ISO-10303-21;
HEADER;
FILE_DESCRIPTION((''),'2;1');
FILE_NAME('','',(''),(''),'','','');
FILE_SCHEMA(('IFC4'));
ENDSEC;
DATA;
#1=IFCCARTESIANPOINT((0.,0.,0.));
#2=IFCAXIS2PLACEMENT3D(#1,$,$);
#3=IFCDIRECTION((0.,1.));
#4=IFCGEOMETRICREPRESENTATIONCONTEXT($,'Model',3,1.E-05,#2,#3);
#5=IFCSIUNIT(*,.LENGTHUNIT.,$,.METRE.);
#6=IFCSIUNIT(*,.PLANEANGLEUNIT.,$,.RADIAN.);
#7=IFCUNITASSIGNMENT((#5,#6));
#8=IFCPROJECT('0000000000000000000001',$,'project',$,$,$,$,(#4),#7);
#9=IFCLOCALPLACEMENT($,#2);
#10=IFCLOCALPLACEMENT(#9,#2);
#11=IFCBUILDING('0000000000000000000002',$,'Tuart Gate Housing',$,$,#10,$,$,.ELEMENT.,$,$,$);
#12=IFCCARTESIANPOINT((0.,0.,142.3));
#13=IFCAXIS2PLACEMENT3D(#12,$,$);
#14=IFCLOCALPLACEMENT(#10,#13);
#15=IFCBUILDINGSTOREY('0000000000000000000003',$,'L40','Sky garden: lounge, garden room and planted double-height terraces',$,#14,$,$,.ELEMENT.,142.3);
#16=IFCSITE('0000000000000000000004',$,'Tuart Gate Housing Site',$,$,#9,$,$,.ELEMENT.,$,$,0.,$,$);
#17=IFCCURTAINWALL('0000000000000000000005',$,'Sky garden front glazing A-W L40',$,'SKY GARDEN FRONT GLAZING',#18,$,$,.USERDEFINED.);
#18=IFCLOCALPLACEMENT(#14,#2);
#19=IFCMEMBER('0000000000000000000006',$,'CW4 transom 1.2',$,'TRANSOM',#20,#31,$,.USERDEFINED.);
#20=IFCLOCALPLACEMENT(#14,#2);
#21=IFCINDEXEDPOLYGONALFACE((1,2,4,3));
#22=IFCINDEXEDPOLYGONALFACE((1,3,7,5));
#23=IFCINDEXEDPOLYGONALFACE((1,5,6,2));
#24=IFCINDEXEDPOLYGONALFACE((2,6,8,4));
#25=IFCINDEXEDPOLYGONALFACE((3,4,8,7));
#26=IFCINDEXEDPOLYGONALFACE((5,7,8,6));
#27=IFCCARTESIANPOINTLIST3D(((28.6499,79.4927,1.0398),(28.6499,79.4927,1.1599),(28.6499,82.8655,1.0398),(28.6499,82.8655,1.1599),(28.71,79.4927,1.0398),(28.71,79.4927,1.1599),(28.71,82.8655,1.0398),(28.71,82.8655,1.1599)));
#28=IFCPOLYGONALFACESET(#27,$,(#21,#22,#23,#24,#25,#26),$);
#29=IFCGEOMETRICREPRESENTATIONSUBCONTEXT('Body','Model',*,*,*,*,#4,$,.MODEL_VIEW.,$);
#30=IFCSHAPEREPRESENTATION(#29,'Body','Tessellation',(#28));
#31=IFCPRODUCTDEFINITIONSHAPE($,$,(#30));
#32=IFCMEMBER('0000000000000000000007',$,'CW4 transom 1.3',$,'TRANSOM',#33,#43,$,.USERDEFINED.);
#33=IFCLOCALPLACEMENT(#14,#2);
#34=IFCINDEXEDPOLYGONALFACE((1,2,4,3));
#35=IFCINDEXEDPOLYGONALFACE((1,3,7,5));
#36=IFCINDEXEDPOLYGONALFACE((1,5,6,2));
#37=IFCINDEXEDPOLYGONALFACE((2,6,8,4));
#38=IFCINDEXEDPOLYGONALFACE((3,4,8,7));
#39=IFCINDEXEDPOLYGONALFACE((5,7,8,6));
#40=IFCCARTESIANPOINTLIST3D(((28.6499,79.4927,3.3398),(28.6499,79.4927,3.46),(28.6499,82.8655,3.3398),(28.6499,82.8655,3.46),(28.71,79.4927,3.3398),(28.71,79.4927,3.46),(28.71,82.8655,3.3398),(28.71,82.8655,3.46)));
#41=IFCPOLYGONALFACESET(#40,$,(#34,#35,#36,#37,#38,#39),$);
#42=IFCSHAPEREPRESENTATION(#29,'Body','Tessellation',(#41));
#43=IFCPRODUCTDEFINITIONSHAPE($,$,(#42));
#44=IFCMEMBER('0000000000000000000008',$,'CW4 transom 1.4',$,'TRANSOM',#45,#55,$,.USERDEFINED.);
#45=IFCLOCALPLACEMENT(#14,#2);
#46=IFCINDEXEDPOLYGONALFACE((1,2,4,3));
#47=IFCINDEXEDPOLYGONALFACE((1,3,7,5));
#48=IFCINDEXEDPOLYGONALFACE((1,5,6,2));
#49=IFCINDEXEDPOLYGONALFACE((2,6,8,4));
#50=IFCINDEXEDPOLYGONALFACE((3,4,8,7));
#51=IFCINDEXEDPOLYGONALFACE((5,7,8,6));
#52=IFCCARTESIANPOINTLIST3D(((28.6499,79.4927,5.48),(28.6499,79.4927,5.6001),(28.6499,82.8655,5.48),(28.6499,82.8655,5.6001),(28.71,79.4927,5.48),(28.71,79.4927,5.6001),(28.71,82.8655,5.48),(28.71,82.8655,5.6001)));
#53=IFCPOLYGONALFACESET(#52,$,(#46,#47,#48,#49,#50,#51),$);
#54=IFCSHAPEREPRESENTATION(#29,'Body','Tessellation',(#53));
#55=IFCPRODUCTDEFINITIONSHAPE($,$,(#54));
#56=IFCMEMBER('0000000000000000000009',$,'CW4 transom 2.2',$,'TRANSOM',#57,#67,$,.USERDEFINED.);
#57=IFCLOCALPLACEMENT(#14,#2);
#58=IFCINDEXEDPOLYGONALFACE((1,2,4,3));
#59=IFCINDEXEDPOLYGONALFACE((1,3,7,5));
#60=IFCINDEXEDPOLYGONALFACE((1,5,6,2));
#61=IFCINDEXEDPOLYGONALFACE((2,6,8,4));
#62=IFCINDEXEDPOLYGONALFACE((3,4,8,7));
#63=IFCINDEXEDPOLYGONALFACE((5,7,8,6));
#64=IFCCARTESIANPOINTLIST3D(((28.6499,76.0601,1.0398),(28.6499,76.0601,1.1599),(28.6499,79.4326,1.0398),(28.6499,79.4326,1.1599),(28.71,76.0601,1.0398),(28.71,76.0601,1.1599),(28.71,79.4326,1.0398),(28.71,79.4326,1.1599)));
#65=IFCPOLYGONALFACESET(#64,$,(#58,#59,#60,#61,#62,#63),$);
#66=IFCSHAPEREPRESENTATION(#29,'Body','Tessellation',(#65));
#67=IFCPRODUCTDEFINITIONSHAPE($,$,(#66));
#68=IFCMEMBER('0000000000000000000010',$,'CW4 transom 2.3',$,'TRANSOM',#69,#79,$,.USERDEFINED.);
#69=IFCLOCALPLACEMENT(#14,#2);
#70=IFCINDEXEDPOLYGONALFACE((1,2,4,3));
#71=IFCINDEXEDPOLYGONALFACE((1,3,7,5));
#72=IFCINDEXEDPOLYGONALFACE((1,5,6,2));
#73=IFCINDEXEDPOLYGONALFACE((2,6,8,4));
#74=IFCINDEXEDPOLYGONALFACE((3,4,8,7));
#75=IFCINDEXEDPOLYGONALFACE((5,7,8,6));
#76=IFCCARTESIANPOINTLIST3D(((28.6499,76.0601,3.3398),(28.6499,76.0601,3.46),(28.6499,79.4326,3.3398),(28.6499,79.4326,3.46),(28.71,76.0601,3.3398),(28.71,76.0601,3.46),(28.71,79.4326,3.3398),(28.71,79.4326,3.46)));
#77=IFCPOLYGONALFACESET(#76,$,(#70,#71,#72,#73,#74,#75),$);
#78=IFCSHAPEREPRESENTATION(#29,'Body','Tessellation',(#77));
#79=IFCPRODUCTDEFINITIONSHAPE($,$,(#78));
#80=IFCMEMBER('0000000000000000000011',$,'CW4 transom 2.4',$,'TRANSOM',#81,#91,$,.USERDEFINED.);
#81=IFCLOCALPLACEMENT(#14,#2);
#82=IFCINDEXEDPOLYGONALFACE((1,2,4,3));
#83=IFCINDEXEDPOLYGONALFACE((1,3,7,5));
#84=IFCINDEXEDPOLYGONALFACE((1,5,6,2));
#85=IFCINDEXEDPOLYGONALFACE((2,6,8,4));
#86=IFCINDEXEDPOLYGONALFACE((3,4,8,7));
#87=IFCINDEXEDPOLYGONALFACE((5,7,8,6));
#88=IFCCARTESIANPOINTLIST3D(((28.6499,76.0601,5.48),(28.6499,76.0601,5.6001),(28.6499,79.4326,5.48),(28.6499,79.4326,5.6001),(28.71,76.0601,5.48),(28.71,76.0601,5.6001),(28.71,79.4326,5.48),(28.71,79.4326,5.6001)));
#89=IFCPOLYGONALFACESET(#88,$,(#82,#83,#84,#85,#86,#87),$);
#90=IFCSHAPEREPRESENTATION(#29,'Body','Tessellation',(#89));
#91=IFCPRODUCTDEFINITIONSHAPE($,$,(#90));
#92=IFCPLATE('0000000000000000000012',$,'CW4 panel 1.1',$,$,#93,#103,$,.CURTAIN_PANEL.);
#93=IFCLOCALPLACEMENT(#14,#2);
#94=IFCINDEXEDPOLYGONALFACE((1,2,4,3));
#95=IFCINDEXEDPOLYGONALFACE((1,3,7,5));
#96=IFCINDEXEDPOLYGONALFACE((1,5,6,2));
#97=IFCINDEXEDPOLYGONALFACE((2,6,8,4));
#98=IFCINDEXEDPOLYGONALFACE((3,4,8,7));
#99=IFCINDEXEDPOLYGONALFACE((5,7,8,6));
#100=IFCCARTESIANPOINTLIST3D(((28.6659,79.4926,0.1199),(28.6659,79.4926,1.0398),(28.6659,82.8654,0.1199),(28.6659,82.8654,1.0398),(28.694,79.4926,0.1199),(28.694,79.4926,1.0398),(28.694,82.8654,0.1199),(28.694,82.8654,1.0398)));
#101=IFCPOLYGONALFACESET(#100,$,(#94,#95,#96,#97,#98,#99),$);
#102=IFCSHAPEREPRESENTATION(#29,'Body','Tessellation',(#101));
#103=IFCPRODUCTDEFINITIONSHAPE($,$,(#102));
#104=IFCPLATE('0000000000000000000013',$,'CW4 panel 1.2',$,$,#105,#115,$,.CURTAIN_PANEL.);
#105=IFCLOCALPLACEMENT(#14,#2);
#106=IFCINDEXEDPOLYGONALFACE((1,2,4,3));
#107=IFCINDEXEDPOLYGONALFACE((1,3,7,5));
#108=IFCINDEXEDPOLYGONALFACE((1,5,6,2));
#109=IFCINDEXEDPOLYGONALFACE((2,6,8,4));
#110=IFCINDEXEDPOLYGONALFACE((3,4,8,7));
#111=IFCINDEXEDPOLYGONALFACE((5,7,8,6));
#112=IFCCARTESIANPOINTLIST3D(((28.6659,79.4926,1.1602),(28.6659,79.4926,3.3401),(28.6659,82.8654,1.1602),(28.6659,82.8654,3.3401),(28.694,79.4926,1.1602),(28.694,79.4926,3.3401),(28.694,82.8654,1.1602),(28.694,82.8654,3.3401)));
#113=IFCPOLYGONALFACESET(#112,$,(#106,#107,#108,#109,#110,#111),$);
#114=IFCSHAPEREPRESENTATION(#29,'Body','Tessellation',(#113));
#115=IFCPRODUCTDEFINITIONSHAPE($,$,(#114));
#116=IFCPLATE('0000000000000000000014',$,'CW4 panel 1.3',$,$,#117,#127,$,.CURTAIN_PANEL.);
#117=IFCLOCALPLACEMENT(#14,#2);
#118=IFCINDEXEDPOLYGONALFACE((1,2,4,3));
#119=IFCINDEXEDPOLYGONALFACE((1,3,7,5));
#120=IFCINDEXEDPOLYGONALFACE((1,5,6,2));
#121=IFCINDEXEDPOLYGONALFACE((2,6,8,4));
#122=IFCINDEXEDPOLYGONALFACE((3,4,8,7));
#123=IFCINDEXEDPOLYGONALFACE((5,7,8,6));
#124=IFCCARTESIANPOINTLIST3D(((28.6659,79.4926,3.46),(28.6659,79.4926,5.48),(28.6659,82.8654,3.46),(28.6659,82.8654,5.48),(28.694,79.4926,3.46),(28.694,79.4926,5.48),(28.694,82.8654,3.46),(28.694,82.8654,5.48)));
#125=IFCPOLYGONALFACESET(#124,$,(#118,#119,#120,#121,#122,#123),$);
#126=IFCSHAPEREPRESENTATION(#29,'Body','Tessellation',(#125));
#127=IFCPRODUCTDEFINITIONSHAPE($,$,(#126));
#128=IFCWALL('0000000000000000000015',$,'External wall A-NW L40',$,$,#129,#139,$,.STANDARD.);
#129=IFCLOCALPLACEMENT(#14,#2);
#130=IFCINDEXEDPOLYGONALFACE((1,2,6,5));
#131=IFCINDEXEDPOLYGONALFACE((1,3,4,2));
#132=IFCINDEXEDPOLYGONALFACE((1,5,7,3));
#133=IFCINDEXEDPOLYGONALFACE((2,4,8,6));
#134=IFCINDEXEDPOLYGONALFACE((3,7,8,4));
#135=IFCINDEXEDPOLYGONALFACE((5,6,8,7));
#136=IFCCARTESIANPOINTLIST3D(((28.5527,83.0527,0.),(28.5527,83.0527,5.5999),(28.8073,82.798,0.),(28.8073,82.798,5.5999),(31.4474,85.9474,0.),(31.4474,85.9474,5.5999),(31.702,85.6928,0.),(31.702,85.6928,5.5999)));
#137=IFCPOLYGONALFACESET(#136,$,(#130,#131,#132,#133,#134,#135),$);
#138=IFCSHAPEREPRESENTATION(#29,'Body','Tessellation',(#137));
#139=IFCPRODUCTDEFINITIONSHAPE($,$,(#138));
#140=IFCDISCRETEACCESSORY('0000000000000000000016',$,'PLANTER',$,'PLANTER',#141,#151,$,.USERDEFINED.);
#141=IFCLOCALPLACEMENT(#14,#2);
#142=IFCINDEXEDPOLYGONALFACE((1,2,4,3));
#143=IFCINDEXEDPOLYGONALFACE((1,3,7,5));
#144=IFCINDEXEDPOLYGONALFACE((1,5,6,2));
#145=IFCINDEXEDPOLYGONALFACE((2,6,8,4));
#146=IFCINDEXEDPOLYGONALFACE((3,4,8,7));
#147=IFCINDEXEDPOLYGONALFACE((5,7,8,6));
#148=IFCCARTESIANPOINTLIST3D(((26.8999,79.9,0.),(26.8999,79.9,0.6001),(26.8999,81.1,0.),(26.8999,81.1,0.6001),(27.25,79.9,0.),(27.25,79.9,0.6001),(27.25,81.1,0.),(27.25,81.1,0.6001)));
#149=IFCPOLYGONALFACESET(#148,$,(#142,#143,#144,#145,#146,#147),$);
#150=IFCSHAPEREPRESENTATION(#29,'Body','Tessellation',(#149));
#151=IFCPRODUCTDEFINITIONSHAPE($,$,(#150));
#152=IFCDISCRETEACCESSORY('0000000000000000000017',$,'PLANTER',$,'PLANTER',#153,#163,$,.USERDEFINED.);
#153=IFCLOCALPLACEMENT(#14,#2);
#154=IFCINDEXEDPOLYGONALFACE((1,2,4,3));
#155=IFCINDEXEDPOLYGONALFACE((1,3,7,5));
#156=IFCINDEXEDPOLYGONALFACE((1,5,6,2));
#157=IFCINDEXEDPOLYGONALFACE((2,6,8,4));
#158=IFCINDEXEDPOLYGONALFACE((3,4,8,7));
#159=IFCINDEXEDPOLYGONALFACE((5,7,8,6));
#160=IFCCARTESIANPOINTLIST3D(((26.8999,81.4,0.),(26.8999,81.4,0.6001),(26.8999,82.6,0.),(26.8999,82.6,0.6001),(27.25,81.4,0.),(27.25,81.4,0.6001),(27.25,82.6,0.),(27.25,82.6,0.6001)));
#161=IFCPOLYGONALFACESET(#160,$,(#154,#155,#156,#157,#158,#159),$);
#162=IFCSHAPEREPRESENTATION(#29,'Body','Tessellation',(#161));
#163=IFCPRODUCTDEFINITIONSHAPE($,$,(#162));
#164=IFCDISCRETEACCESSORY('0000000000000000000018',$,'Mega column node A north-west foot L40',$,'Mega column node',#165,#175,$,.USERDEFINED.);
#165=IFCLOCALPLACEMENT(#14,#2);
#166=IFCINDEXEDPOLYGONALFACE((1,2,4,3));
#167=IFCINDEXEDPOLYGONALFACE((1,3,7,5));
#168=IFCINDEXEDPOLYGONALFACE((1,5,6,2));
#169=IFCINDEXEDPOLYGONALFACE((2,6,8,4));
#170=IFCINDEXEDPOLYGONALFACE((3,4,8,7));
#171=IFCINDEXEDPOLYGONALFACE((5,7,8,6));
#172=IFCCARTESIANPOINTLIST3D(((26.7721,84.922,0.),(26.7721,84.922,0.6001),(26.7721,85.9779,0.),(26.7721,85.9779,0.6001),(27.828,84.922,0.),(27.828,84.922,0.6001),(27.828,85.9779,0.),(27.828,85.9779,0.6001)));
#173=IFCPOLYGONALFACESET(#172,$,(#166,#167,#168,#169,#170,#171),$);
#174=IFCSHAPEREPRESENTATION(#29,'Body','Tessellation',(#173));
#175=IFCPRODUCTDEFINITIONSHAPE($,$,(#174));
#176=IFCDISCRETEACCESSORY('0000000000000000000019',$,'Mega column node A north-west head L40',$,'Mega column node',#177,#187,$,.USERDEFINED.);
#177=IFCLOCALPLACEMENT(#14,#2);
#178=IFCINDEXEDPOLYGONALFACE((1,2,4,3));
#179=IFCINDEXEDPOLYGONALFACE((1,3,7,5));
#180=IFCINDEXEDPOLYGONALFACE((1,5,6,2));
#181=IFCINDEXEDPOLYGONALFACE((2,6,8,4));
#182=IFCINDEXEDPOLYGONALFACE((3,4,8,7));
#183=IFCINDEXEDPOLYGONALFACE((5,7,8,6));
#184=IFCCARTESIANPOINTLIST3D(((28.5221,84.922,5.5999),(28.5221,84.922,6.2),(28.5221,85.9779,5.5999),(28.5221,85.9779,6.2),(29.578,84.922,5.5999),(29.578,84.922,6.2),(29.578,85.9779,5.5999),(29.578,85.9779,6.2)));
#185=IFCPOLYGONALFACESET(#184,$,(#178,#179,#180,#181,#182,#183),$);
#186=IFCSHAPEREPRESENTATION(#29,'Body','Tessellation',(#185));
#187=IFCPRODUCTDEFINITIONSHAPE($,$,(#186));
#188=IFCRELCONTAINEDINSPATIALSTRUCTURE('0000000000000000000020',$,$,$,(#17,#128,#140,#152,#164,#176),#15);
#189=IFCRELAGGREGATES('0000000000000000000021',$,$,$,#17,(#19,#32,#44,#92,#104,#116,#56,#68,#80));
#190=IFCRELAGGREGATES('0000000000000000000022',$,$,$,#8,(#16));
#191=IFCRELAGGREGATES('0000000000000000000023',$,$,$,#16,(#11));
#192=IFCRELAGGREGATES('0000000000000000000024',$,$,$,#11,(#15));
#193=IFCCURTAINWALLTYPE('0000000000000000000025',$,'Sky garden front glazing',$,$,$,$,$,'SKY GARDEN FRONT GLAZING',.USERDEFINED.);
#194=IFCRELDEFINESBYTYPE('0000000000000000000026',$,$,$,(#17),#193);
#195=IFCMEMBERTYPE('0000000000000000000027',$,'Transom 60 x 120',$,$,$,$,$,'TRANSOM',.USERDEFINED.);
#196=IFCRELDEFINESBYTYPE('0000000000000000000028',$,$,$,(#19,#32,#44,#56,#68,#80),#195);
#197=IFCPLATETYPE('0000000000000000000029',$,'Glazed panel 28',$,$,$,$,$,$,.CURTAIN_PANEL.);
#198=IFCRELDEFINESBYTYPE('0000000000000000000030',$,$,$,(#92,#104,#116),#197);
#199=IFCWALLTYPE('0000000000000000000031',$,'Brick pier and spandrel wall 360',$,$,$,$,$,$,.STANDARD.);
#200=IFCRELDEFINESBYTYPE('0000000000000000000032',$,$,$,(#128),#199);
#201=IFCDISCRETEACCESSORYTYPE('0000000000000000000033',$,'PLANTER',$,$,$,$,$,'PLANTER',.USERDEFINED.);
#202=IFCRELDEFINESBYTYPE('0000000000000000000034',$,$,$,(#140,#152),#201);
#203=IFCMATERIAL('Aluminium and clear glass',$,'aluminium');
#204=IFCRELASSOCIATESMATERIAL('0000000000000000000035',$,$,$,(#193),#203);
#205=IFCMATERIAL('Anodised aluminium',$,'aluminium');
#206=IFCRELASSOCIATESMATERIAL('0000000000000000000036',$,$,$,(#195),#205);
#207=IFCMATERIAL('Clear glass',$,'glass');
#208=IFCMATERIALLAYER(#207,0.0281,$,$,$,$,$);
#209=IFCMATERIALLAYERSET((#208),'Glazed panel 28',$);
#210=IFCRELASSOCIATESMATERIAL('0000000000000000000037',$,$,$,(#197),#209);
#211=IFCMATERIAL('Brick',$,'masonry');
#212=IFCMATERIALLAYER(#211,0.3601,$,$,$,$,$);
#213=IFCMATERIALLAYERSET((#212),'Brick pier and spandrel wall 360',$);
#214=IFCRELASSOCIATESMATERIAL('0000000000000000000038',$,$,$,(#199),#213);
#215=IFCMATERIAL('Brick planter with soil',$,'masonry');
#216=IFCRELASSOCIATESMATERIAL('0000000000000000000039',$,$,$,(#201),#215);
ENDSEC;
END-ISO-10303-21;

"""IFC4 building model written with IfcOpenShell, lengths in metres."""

from ifc_helpers import new_model, si_unit, direction, frame, frame_2d, origin, origin_2d, place, context, subcontext, project, spatial, rectangle, extrude, material, layer, layer_set, material_profile, profile_set, type_object, element, aggregate, save


model = new_model("IFC4")

# Units and contexts
model_context = context("Model", 3, precision=1e-05, world=origin(), true_north=direction((0.0, 1.0)))
body_context = subcontext(model_context, "Body", "Model", "MODEL_VIEW")
ifc_project = project(units=[si_unit("LENGTHUNIT", "METRE"), si_unit("PLANEANGLEUNIT", "RADIAN")], contexts=[model_context])

# Site, building, storey
site_placement = place(None, origin())
site = spatial("IfcSite", under=ifc_project, at=site_placement, Name="Tuart Gate Housing Site", CompositionType="ELEMENT", RefElevation=0.0)
building_placement = place(site_placement, origin())
building = spatial("IfcBuilding", under=site, at=building_placement, Name="Tuart Gate Housing", CompositionType="ELEMENT")
storey_placement = place(building_placement, frame((0.0, 0.0, 142.3)))
storey = spatial("IfcBuildingStorey", under=building, at=storey_placement, Name="L40", Description="Sky garden: lounge, garden room and planted double-height terraces", CompositionType="ELEMENT", Elevation=142.3)

# Curtain wall
ifc_material_1 = material(Name="Aluminium and clear glass", Category="aluminium")
curtain_wall_type = type_object("IfcCurtainWallType", Name="Sky garden front glazing", ElementType="SKY GARDEN FRONT GLAZING", PredefinedType="USERDEFINED", material=ifc_material_1)
curtain_wall_placement = place(storey_placement, origin())
curtain_wall = element("IfcCurtainWall", 1, at=curtain_wall_placement, inside=storey, type_object=curtain_wall_type, Name="Sky garden front glazing A-W L40", ObjectType="SKY GARDEN FRONT GLAZING", PredefinedType="USERDEFINED")

# Members
ifc_material_2 = material(Name="Anodised aluminium", Category="aluminium")
ifc_material_profile_1 = material_profile(ifc_material_2, rectangle(XDim=0.0601, YDim=0.1201, at=origin_2d()), Name="60x120")
ifc_profile_set_1 = profile_set([ifc_material_profile_1], Name="Anodised aluminium")
member_type_1 = type_object("IfcMemberType", Name="Transom 60 x 120", ElementType="TRANSOM", PredefinedType="USERDEFINED", material=ifc_profile_set_1)
member_1_placement = place(storey_placement, frame((28.6799, 82.8655, 1.0999), z_axis=(0.0, -1.0, 0.0), x_axis=(1.0, 0.0, 0.0)))
member_1 = element("IfcMember", 2, at=member_1_placement, type_object=member_type_1, Name="CW4 transom 1.2", ObjectType="TRANSOM", PredefinedType="USERDEFINED", context=body_context, shape_type="SweptSolid", body=[
    extrude(rectangle(XDim=0.0601, YDim=0.1201, at=origin_2d()), origin(), (0.0, 0.0, 1.0), 3.3728),
])
member_2_placement = place(storey_placement, frame((28.6799, 82.8655, 3.3999), z_axis=(0.0, -1.0, 0.0), x_axis=(1.0, 0.0, 0.0)))
member_2 = element("IfcMember", 3, at=member_2_placement, type_object=member_type_1, Name="CW4 transom 1.3", ObjectType="TRANSOM", PredefinedType="USERDEFINED", context=body_context, shape_type="SweptSolid", body=[
    extrude(rectangle(XDim=0.0601, YDim=0.1201, at=origin_2d()), origin(), (0.0, 0.0, 1.0), 3.3728),
])
member_3_placement = place(storey_placement, frame((28.6799, 82.8655, 5.54), z_axis=(0.0, -1.0, 0.0), x_axis=(1.0, 0.0, 0.0)))
member_3 = element("IfcMember", 4, at=member_3_placement, type_object=member_type_1, Name="CW4 transom 1.4", ObjectType="TRANSOM", PredefinedType="USERDEFINED", context=body_context, shape_type="SweptSolid", body=[
    extrude(rectangle(XDim=0.0601, YDim=0.1201, at=origin_2d()), origin(), (0.0, 0.0, 1.0), 3.3728),
])
member_4_placement = place(storey_placement, frame((28.6799, 79.4326, 1.0999), z_axis=(0.0, -1.0, 0.0), x_axis=(1.0, 0.0, 0.0)))
member_4 = element("IfcMember", 5, at=member_4_placement, type_object=member_type_1, Name="CW4 transom 2.2", ObjectType="TRANSOM", PredefinedType="USERDEFINED", context=body_context, shape_type="SweptSolid", body=[
    extrude(rectangle(XDim=0.0601, YDim=0.1201, at=origin_2d()), origin(), (0.0, 0.0, 1.0), 3.3726),
])
member_5_placement = place(storey_placement, frame((28.6799, 79.4326, 3.3999), z_axis=(0.0, -1.0, 0.0), x_axis=(1.0, 0.0, 0.0)))
member_5 = element("IfcMember", 6, at=member_5_placement, type_object=member_type_1, Name="CW4 transom 2.3", ObjectType="TRANSOM", PredefinedType="USERDEFINED", context=body_context, shape_type="SweptSolid", body=[
    extrude(rectangle(XDim=0.0601, YDim=0.1201, at=origin_2d()), origin(), (0.0, 0.0, 1.0), 3.3726),
])
member_6_placement = place(storey_placement, frame((28.6799, 79.4326, 5.54), z_axis=(0.0, -1.0, 0.0), x_axis=(1.0, 0.0, 0.0)))
member_6 = element("IfcMember", 7, at=member_6_placement, type_object=member_type_1, Name="CW4 transom 2.4", ObjectType="TRANSOM", PredefinedType="USERDEFINED", context=body_context, shape_type="SweptSolid", body=[
    extrude(rectangle(XDim=0.0601, YDim=0.1201, at=origin_2d()), origin(), (0.0, 0.0, 1.0), 3.3726),
])

# Plates
ifc_material_3 = material(Name="Clear glass", Category="glass")
ifc_layer_1 = layer(ifc_material_3, 0.0281)
ifc_layer_set_1 = layer_set([ifc_layer_1], Name="Glazed panel 28")
plate_type = type_object("IfcPlateType", Name="Glazed panel 28", PredefinedType="CURTAIN_PANEL", material=ifc_layer_set_1)
plate_1_placement = place(storey_placement, frame((28.6799, 81.179, 0.1199), z_axis=(0.0, 0.0, 1.0), x_axis=(0.0, -1.0, 0.0)))
plate_1 = element("IfcPlate", 8, at=plate_1_placement, type_object=plate_type, Name="CW4 panel 1.1", PredefinedType="CURTAIN_PANEL", context=body_context, shape_type="SweptSolid", body=[
    extrude(rectangle(XDim=3.3728, YDim=0.0281, at=origin_2d()), origin(), (0.0, 0.0, 1.0), 0.9199),
])
plate_2_placement = place(storey_placement, frame((28.6799, 81.179, 1.1602), z_axis=(0.0, 0.0, 1.0), x_axis=(0.0, -1.0, 0.0)))
plate_2 = element("IfcPlate", 9, at=plate_2_placement, type_object=plate_type, Name="CW4 panel 1.2", PredefinedType="CURTAIN_PANEL", context=body_context, shape_type="SweptSolid", body=[
    extrude(rectangle(XDim=3.3728, YDim=0.0281, at=origin_2d()), origin(), (0.0, 0.0, 1.0), 2.1799),
])
plate_3_placement = place(storey_placement, frame((28.6799, 81.179, 3.46), z_axis=(0.0, 0.0, 1.0), x_axis=(0.0, -1.0, 0.0)))
plate_3 = element("IfcPlate", 10, at=plate_3_placement, type_object=plate_type, Name="CW4 panel 1.3", PredefinedType="CURTAIN_PANEL", context=body_context, shape_type="SweptSolid", body=[
    extrude(rectangle(XDim=3.3728, YDim=0.0281, at=origin_2d()), origin(), (0.0, 0.0, 1.0), 2.02),
])
aggregate(curtain_wall, [member_1, member_2, member_3, plate_1, plate_2, plate_3, member_4, member_5, member_6])

# Wall
ifc_material_4 = material(Name="Brick", Category="masonry")
ifc_layer_2 = layer(ifc_material_4, 0.3601)
ifc_layer_set_2 = layer_set([ifc_layer_2], Name="Brick pier and spandrel wall 360")
wall_type = type_object("IfcWallType", Name="Brick pier and spandrel wall 360", PredefinedType="STANDARD", material=ifc_layer_set_2)
wall_placement = place(storey_placement, frame((31.5747, 85.8201, 0.0), z_axis=(0.0, 0.0, 1.0), x_axis=(-0.707107, -0.707107, 0.0)))
element("IfcWall", 11, at=wall_placement, inside=storey, type_object=wall_type, Name="External wall A-NW L40", PredefinedType="STANDARD", context=body_context, shape_type="SweptSolid", body=[
    extrude(rectangle(XDim=4.0938, YDim=0.3601, at=frame_2d((2.0469, 0.0))), origin(), (0.0, 0.0, 1.0), 5.5999),
])

# Discrete accessories
ifc_material_5 = material(Name="Brick planter with soil", Category="masonry")
discrete_accessory_type = type_object("IfcDiscreteAccessoryType", Name="PLANTER", ElementType="PLANTER", PredefinedType="USERDEFINED", material=ifc_material_5)
for number, where, z_axis, x_axis, name in (
    (12, (27.075, 80.5, 0.0), (0.0, 0.0, 1.0), (1.0, 0.0, 0.0), "PLANTER"),
    (13, (27.075, 82.0, 0.0), (0.0, 0.0, 1.0), (1.0, 0.0, 0.0), "PLANTER"),
):
    element("IfcDiscreteAccessory", number, at=place(storey_placement, frame(where, z_axis=z_axis, x_axis=x_axis)), inside=storey, type_object=discrete_accessory_type, Name=name, ObjectType="PLANTER", PredefinedType="USERDEFINED", context=body_context, shape_type="SweptSolid", body=[
        extrude(rectangle(XDim=0.3501, YDim=1.2, at=origin_2d()), origin(), (0.0, 0.0, 1.0), 0.6001),
    ])
for number, where, z_axis, x_axis, name in (
    (14, (27.3, 85.45, 0.0), (0.0, 0.0, 1.0), (1.0, 0.0, 0.0), "Mega column node A north-west foot L40"),
    (15, (29.05, 85.45, 5.5999), (0.0, 0.0, 1.0), (1.0, 0.0, 0.0), "Mega column node A north-west head L40"),
):
    element("IfcDiscreteAccessory", number, at=place(storey_placement, frame(where, z_axis=z_axis, x_axis=x_axis)), inside=storey, Name=name, ObjectType="Mega column node", PredefinedType="USERDEFINED", context=body_context, shape_type="SweptSolid", body=[
        extrude(rectangle(XDim=1.0559, YDim=1.0559, at=origin_2d()), origin(), (0.0, 0.0, 1.0), 0.6001),
    ])

save(model, "model.ifc")
